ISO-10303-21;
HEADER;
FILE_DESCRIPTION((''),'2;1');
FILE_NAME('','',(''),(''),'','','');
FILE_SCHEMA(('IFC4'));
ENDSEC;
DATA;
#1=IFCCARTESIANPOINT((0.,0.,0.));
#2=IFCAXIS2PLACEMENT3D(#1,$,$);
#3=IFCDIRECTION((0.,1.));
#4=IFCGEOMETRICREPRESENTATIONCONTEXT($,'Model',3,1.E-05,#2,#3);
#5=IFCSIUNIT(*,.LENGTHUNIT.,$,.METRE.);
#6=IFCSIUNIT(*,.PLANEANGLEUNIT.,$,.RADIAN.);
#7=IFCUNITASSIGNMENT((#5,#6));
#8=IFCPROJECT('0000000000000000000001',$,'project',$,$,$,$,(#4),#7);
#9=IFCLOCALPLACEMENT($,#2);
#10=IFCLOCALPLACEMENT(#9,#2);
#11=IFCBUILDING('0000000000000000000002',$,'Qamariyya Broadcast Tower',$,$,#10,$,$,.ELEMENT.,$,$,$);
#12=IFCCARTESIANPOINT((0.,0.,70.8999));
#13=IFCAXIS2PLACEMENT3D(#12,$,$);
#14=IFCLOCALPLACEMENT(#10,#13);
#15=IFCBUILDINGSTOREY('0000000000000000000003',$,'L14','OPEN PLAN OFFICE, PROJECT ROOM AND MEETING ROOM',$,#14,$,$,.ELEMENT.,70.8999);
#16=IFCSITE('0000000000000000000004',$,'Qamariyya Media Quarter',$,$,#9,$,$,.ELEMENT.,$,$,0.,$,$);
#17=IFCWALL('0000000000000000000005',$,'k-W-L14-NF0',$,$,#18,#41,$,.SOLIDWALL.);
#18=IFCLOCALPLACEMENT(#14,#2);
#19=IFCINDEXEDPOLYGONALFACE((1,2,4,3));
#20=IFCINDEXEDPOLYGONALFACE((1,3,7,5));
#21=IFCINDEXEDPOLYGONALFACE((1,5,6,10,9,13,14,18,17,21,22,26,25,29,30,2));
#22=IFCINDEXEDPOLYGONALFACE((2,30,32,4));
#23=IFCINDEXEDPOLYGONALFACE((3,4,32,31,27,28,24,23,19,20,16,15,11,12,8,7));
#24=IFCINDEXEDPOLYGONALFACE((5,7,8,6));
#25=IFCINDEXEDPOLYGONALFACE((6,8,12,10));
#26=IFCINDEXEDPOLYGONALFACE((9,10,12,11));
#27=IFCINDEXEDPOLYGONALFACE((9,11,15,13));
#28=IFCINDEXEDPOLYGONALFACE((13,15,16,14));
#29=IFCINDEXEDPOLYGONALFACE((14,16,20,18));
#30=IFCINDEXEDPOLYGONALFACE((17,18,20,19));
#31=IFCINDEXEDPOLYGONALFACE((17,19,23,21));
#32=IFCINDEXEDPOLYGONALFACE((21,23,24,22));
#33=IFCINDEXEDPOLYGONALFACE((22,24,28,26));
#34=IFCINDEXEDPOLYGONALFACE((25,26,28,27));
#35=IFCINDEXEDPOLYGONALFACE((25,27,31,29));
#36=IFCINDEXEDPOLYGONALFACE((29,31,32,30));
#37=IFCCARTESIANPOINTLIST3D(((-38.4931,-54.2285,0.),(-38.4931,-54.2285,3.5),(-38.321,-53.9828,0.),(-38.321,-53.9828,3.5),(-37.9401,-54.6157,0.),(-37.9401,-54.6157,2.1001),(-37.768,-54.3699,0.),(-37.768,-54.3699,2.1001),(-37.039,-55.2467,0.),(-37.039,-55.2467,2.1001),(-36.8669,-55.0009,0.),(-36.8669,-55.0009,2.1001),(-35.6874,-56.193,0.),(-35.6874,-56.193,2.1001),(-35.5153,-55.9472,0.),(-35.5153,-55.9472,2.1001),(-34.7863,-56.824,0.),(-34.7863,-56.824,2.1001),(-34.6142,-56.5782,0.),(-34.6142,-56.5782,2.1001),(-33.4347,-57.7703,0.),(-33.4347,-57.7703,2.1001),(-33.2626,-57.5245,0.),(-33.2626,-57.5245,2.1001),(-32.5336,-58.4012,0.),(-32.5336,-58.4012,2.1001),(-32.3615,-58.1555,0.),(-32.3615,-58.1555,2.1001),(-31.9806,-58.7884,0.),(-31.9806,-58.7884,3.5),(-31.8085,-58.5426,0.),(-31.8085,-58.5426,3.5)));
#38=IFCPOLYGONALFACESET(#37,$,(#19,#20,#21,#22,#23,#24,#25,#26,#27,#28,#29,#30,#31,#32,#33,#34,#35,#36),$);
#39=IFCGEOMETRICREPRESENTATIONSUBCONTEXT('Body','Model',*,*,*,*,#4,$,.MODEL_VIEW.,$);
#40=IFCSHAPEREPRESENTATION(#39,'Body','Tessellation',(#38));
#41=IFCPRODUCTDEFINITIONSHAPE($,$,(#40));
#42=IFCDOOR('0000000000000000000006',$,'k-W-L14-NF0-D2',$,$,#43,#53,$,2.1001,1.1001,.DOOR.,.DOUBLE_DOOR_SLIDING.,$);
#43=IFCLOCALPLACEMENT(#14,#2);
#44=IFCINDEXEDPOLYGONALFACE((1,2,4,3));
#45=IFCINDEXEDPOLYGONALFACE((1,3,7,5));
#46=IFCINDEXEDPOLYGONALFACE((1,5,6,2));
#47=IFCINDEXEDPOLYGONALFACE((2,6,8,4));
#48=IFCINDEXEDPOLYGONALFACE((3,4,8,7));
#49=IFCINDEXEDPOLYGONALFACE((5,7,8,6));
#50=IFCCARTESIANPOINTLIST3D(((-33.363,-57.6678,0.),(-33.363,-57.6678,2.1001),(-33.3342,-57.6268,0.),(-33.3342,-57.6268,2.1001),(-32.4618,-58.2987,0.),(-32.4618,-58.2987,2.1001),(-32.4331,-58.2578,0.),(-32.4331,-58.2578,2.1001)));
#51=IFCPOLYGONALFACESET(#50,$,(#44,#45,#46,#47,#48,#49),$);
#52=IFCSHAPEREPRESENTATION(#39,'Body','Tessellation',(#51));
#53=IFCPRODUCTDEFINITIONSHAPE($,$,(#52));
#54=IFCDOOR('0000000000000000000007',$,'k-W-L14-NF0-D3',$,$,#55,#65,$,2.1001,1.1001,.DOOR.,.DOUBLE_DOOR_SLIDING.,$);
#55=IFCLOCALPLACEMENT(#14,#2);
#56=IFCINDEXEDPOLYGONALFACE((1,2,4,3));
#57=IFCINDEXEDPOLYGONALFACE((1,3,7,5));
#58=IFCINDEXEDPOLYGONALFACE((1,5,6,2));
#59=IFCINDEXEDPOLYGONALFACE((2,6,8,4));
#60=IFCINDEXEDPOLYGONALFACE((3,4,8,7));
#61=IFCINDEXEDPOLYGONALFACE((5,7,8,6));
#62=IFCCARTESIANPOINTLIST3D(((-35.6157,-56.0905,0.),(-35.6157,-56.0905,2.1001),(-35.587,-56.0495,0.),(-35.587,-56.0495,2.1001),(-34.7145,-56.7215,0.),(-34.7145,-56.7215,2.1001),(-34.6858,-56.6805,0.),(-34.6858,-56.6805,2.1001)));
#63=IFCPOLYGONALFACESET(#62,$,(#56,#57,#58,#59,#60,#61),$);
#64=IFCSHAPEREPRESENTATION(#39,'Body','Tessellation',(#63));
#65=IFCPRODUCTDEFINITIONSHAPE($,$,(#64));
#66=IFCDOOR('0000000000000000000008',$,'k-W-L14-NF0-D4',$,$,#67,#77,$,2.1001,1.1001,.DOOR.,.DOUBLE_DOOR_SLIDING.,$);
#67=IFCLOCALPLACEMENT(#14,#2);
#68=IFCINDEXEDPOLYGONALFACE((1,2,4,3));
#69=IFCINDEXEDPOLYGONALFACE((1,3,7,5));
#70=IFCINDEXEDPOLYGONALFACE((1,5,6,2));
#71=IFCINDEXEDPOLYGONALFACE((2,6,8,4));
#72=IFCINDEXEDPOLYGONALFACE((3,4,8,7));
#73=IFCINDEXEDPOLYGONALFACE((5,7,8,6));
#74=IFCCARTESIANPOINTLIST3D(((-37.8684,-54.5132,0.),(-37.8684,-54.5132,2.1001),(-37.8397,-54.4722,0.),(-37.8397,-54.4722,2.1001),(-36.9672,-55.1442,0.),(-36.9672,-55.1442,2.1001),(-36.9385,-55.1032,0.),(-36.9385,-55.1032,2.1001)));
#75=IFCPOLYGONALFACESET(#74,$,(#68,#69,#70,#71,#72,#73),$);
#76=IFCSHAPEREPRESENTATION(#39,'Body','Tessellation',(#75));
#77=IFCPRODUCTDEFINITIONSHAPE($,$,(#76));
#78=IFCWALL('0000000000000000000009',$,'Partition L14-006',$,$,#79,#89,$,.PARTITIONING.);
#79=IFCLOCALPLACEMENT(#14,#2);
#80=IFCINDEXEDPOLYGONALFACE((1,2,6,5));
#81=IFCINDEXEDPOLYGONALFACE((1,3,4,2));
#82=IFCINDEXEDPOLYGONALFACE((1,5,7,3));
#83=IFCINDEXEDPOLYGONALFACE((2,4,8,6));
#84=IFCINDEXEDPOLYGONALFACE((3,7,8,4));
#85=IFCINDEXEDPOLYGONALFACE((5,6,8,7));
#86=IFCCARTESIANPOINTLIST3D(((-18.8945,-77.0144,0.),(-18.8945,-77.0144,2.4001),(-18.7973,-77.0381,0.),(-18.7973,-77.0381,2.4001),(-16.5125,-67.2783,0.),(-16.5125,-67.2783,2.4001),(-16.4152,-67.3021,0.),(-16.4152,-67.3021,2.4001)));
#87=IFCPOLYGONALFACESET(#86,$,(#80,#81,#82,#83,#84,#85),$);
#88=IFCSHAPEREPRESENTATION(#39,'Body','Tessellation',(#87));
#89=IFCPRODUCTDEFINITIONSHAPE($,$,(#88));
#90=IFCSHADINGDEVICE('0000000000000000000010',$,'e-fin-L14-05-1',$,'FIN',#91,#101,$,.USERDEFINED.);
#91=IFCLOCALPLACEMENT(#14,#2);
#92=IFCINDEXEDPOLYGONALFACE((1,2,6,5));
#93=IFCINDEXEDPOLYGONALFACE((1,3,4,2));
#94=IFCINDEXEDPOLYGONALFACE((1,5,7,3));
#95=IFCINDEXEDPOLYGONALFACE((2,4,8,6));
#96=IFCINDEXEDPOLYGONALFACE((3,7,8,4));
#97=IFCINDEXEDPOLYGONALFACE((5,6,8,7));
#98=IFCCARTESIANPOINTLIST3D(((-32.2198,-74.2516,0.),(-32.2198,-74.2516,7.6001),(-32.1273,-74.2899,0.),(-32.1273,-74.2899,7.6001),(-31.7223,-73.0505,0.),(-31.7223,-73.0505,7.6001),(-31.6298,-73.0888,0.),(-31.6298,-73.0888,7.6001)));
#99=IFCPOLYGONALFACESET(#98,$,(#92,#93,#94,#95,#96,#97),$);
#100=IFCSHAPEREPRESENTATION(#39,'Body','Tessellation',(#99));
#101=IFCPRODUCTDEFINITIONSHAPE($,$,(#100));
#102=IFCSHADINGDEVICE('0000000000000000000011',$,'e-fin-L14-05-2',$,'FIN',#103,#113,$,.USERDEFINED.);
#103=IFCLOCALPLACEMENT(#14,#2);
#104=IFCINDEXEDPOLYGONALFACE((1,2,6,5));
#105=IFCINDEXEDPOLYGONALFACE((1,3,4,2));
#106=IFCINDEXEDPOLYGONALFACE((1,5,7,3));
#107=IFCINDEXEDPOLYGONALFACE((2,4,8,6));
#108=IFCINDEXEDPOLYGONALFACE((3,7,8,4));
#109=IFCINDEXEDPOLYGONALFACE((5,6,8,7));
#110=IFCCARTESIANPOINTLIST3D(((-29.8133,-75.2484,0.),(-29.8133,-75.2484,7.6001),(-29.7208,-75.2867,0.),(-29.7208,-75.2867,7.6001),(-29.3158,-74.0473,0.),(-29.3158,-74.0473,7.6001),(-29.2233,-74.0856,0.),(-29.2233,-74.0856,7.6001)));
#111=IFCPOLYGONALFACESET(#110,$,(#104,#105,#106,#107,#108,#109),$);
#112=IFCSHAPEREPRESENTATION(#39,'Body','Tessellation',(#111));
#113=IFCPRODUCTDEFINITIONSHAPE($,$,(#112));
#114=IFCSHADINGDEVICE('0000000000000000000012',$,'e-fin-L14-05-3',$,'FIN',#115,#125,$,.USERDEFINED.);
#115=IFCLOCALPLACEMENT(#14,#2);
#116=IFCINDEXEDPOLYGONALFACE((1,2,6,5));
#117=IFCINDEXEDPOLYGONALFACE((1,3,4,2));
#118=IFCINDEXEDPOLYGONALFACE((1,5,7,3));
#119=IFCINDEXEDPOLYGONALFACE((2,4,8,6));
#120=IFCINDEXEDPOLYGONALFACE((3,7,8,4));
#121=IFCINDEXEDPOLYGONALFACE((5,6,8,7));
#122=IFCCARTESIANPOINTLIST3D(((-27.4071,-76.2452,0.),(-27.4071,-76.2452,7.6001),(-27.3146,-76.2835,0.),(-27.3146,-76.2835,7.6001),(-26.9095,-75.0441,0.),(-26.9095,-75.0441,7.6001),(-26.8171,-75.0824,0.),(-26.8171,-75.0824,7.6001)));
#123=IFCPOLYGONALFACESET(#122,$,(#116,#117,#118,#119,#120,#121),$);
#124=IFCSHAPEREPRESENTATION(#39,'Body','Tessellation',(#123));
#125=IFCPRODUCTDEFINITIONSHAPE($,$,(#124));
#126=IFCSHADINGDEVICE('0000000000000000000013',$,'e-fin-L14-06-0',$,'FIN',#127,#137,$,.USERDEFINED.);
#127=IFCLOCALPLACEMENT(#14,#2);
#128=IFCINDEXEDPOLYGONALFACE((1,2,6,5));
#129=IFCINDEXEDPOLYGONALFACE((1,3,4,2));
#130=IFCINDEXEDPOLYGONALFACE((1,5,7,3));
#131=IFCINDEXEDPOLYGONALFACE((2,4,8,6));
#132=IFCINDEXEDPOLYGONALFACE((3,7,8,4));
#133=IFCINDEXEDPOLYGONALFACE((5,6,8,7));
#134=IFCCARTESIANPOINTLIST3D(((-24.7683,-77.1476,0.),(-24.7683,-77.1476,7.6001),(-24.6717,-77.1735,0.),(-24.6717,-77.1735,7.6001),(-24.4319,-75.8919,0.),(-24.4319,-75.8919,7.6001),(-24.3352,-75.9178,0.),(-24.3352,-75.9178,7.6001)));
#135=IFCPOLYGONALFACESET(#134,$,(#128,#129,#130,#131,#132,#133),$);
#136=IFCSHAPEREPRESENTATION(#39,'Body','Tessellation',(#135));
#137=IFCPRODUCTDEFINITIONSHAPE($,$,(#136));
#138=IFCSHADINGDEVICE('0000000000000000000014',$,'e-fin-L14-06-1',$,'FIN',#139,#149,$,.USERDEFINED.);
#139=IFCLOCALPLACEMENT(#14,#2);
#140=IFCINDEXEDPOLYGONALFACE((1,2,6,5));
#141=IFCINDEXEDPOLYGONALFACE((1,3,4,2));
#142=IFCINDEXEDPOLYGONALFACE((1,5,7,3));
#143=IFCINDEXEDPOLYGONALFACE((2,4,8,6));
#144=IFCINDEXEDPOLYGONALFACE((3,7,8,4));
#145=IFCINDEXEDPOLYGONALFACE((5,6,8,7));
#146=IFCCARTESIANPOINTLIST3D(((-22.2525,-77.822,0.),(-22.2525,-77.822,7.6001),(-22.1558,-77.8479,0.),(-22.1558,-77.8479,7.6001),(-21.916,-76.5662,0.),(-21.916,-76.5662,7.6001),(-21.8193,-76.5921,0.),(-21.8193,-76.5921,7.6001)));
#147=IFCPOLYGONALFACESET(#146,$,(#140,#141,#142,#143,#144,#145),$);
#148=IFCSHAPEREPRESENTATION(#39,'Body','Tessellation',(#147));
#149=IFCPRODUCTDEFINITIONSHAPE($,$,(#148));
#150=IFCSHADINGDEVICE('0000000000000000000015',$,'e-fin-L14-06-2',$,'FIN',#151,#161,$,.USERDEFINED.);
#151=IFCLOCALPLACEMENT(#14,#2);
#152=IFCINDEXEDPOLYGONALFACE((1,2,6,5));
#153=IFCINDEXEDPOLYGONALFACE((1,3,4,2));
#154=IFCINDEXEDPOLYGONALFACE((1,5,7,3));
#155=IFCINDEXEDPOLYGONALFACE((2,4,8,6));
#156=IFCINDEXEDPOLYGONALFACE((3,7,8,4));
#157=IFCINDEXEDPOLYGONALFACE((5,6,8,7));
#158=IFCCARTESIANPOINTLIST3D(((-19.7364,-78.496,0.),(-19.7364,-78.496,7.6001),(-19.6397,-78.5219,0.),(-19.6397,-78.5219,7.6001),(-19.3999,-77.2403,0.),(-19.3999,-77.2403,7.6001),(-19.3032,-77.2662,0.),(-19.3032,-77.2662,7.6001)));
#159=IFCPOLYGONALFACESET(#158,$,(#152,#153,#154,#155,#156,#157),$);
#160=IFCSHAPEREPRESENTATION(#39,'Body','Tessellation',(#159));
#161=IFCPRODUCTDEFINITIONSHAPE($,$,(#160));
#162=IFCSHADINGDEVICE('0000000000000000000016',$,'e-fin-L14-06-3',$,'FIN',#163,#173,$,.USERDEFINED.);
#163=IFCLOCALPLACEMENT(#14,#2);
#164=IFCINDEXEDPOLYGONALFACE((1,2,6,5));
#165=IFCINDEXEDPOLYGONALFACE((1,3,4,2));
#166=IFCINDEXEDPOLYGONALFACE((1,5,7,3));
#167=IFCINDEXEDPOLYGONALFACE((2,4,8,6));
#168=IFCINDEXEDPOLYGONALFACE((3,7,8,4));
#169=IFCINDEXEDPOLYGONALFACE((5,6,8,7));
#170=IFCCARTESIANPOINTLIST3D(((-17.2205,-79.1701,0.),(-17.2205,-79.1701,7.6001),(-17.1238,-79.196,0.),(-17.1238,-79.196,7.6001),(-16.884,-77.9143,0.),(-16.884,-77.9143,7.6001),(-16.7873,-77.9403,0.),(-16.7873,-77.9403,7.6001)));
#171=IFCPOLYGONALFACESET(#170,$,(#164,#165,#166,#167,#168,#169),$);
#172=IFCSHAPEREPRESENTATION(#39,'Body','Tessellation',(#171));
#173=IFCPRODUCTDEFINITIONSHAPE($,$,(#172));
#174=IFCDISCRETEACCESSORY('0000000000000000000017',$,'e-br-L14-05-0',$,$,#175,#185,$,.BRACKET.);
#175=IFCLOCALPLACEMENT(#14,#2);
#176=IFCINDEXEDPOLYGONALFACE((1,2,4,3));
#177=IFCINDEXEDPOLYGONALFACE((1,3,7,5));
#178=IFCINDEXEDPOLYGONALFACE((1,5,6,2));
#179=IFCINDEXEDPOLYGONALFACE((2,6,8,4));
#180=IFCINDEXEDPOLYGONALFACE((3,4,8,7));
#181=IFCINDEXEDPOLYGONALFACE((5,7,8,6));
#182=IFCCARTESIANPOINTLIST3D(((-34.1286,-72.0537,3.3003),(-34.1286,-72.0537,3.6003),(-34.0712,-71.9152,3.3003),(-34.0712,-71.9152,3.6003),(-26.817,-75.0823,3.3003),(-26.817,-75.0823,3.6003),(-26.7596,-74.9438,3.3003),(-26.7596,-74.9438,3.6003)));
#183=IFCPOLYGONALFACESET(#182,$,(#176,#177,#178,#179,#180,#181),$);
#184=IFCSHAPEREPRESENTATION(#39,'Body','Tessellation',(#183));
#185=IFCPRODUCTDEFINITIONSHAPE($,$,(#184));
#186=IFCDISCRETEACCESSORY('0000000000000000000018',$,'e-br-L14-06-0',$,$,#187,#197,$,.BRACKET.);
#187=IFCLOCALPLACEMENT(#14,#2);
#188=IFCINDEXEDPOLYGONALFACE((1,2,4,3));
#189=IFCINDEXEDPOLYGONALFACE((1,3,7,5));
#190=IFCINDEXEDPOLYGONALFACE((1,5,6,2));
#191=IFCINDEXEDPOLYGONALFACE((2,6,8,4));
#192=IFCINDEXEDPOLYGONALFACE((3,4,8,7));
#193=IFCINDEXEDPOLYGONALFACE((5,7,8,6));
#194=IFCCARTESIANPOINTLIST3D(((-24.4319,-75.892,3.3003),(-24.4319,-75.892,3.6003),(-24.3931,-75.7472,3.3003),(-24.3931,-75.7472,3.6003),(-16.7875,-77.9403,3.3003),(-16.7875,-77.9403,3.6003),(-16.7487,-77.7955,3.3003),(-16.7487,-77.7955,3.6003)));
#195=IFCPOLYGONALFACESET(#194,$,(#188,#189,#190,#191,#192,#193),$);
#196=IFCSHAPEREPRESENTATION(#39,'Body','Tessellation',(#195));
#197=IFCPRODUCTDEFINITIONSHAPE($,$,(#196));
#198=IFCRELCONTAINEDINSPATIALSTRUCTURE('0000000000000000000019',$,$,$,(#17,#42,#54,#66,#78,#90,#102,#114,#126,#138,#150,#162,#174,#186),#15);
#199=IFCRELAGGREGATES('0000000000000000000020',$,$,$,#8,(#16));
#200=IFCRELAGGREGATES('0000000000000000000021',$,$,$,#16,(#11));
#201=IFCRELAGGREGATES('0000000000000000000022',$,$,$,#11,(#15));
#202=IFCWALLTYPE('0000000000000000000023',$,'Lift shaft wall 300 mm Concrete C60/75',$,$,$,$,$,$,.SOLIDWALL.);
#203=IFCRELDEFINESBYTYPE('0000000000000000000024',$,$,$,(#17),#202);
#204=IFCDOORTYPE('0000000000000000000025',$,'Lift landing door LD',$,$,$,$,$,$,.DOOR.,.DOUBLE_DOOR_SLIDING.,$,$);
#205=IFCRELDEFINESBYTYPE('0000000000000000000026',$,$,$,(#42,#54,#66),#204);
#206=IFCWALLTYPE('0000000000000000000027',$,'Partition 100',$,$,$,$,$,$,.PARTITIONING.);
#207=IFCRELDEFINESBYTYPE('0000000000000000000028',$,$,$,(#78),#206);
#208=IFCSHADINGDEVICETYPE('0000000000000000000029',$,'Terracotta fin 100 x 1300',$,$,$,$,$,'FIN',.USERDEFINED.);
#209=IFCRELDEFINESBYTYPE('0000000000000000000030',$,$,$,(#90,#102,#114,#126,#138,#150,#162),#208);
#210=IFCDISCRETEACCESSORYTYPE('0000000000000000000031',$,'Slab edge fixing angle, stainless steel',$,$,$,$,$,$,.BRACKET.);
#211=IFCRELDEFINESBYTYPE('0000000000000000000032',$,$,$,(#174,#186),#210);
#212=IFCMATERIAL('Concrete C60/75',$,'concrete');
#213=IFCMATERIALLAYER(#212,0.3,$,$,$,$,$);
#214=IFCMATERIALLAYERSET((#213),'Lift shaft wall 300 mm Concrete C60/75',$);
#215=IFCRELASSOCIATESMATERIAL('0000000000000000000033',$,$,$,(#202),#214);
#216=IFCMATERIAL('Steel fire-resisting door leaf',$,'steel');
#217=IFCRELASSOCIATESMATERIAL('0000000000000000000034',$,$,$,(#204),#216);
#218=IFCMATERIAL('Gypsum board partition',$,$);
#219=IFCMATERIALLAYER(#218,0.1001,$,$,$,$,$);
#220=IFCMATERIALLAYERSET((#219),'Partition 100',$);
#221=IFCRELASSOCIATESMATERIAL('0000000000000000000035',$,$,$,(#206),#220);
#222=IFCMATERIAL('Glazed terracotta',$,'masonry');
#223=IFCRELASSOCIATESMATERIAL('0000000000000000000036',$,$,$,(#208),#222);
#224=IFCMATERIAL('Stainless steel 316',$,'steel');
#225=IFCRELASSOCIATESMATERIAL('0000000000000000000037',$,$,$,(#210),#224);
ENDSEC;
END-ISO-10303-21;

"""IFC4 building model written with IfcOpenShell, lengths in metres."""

from ifc_helpers import new_model, si_unit, direction, frame, frame_2d, origin, origin_2d, place, context, subcontext, project, spatial, rectangle, extrude, material, layer, layer_set, material_profile, profile_set, type_object, element, fill, save


model = new_model("IFC4")

# Units and contexts
model_context = context("Model", 3, precision=1e-05, world=origin(), true_north=direction((0.0, 1.0)))
body_context = subcontext(model_context, "Body", "Model", "MODEL_VIEW")
ifc_project = project(units=[si_unit("LENGTHUNIT", "METRE"), si_unit("PLANEANGLEUNIT", "RADIAN")], contexts=[model_context])

# Site, building, storey
site_placement = place(None, origin())
site = spatial("IfcSite", under=ifc_project, at=site_placement, Name="Qamariyya Media Quarter", CompositionType="ELEMENT", RefElevation=0.0)
building_placement = place(site_placement, origin())
building = spatial("IfcBuilding", under=site, at=building_placement, Name="Qamariyya Broadcast Tower", CompositionType="ELEMENT")
storey_placement = place(building_placement, frame((0.0, 0.0, 70.8999)))
storey = spatial("IfcBuildingStorey", under=building, at=storey_placement, Name="L14", Description="OPEN PLAN OFFICE, PROJECT ROOM AND MEETING ROOM", CompositionType="ELEMENT", Elevation=70.8999)

# Shared definitions
ifc_material_1 = material(Name="Gypsum board partition")

# Wall, openings, doors
ifc_material_2 = material(Name="Concrete C60/75", Category="concrete")
ifc_layer_1 = layer(ifc_material_2, 0.3)
ifc_layer_set_1 = layer_set([ifc_layer_1], Name="Lift shaft wall 300 mm Concrete C60/75")
wall_type_1 = type_object("IfcWallType", Name="Lift shaft wall 300 mm Concrete C60/75", PredefinedType="SOLIDWALL", material=ifc_layer_set_1)
wall_1_placement = place(storey_placement, frame((-31.8945, -58.6655, 0.0), z_axis=(0.0, 0.0, 1.0), x_axis=(-0.819167, 0.573555, 0.0)))
wall_1 = element("IfcWall", 1, at=wall_1_placement, inside=storey, type_object=wall_type_1, Name="k-W-L14-NF0", PredefinedType="SOLIDWALL", context=body_context, shape_type="SweptSolid", body=[
    extrude(rectangle(XDim=7.9502, YDim=0.3, at=frame_2d((3.9751, 0.0))), origin(), (0.0, 0.0, 1.0), 3.5),
])
opening_1_placement = place(wall_1_placement, frame((0.675, 0.0, 0.0)))
opening_1 = element("IfcOpeningElement", 2, at=opening_1_placement, cuts=wall_1, PredefinedType="OPENING", context=body_context, shape_type="SweptSolid", body=[
    extrude(rectangle(XDim=1.1001, YDim=2.1001, at=frame_2d((0.55, 1.05))), frame((0.0, 0.1599, 0.0), z_axis=(0.0, -1.0, 0.0), x_axis=(1.0, 0.0, 0.0)), (0.0, 0.0, 1.0), 0.3201),
])
opening_2_placement = place(wall_1_placement, frame((3.425, 0.0, 0.0)))
opening_2 = element("IfcOpeningElement", 3, at=opening_2_placement, cuts=wall_1, PredefinedType="OPENING", context=body_context, shape_type="SweptSolid", body=[
    extrude(rectangle(XDim=1.1001, YDim=2.1001, at=frame_2d((0.55, 1.05))), frame((0.0, 0.1599, 0.0), z_axis=(0.0, -1.0, 0.0), x_axis=(1.0, 0.0, 0.0)), (0.0, 0.0, 1.0), 0.3201),
])
opening_3_placement = place(wall_1_placement, frame((6.175, 0.0, 0.0)))
opening_3 = element("IfcOpeningElement", 4, at=opening_3_placement, cuts=wall_1, PredefinedType="OPENING", context=body_context, shape_type="SweptSolid", body=[
    extrude(rectangle(XDim=1.1001, YDim=2.1001, at=frame_2d((0.55, 1.05))), frame((0.0, 0.1599, 0.0), z_axis=(0.0, -1.0, 0.0), x_axis=(1.0, 0.0, 0.0)), (0.0, 0.0, 1.0), 0.3201),
])
ifc_material_3 = material(Name="Steel fire-resisting door leaf", Category="steel")
door_type_1 = type_object("IfcDoorType", Name="Lift landing door LD", OperationType="DOUBLE_DOOR_SLIDING", PredefinedType="DOOR", material=ifc_material_3)
door_1_placement = place(opening_1_placement, origin())
door_1 = element("IfcDoor", 5, at=door_1_placement, inside=storey, type_object=door_type_1, Name="k-W-L14-NF0-D2", OperationType="DOUBLE_DOOR_SLIDING", OverallHeight=2.1001, OverallWidth=1.1001, PredefinedType="DOOR", context=body_context, shape_type="SweptSolid", body=[
    extrude(rectangle(XDim=1.1001, YDim=2.1001, at=frame_2d((0.55, 1.05))), frame((0.0, 0.0249, 0.0), z_axis=(0.0, -1.0, 0.0), x_axis=(1.0, 0.0, 0.0)), (0.0, 0.0, 1.0), 0.05),
])
fill(opening_1, door_1)
door_2_placement = place(opening_2_placement, origin())
door_2 = element("IfcDoor", 6, at=door_2_placement, inside=storey, type_object=door_type_1, Name="k-W-L14-NF0-D3", OperationType="DOUBLE_DOOR_SLIDING", OverallHeight=2.1001, OverallWidth=1.1001, PredefinedType="DOOR", context=body_context, shape_type="SweptSolid", body=[
    extrude(rectangle(XDim=1.1001, YDim=2.1001, at=frame_2d((0.55, 1.05))), frame((0.0, 0.0249, 0.0), z_axis=(0.0, -1.0, 0.0), x_axis=(1.0, 0.0, 0.0)), (0.0, 0.0, 1.0), 0.05),
])
fill(opening_2, door_2)
door_3_placement = place(opening_3_placement, origin())
door_3 = element("IfcDoor", 7, at=door_3_placement, inside=storey, type_object=door_type_1, Name="k-W-L14-NF0-D4", OperationType="DOUBLE_DOOR_SLIDING", OverallHeight=2.1001, OverallWidth=1.1001, PredefinedType="DOOR", context=body_context, shape_type="SweptSolid", body=[
    extrude(rectangle(XDim=1.1001, YDim=2.1001, at=frame_2d((0.55, 1.05))), frame((0.0, 0.0249, 0.0), z_axis=(0.0, -1.0, 0.0), x_axis=(1.0, 0.0, 0.0)), (0.0, 0.0, 1.0), 0.05),
])
fill(opening_3, door_3)

# Wall
ifc_layer_2 = layer(ifc_material_1, 0.1001)
ifc_layer_set_2 = layer_set([ifc_layer_2], Name="Partition 100")
wall_type_2 = type_object("IfcWallType", Name="Partition 100", PredefinedType="PARTITIONING", material=ifc_layer_set_2)
wall_2_placement = place(storey_placement, frame((-18.8459, -77.0264, 0.0), z_axis=(0.0, 0.0, 1.0), x_axis=(0.237655, 0.97135, 0.0)))
element("IfcWall", 8, at=wall_2_placement, inside=storey, type_object=wall_type_2, Name="Partition L14-006", PredefinedType="PARTITIONING", context=body_context, shape_type="SweptSolid", body=[
    extrude(rectangle(XDim=10.0232, YDim=0.1001, at=frame_2d((5.0117, 0.0))), origin(), (0.0, 0.0, 1.0), 2.4001),
])

# Shading devices
ifc_material_4 = material(Name="Glazed terracotta", Category="masonry")
ifc_material_profile_1 = material_profile(ifc_material_4, rectangle(XDim=1.3, YDim=0.1001, at=origin_2d()))
ifc_profile_set_1 = profile_set([ifc_material_profile_1], Name="Glazed terracotta")
shading_device_type_1 = type_object("IfcShadingDeviceType", Name="Terracotta fin 100 x 1300", ElementType="FIN", PredefinedType="USERDEFINED", material=ifc_profile_set_1)
for number, where, z_axis, x_axis, name in (
    (9, (-31.9248, -73.6702, 0.0), (0.0, 0.0, 1.0), (-0.382683, -0.92388, 0.0), "e-fin-L14-05-1"),
    (10, (-29.5183, -74.667, 0.0), (0.0, 0.0, 1.0), (-0.382683, -0.92388, 0.0), "e-fin-L14-05-2"),
    (11, (-27.1121, -75.6638, 0.0), (0.0, 0.0, 1.0), (-0.382683, -0.92388, 0.0), "e-fin-L14-05-3"),
    (12, (-24.5518, -76.5327, 0.0), (0.0, 0.0, 1.0), (-0.258819, -0.965926, 0.0), "e-fin-L14-06-0"),
    (13, (-22.0359, -77.207, 0.0), (0.0, 0.0, 1.0), (-0.258819, -0.965926, 0.0), "e-fin-L14-06-1"),
    (14, (-19.5198, -77.8811, 0.0), (0.0, 0.0, 1.0), (-0.258819, -0.965926, 0.0), "e-fin-L14-06-2"),
    (15, (-17.0039, -78.5552, 0.0), (0.0, 0.0, 1.0), (-0.258819, -0.965926, 0.0), "e-fin-L14-06-3"),
):
    element("IfcShadingDevice", number, at=place(storey_placement, frame(where, z_axis=z_axis, x_axis=x_axis)), inside=storey, type_object=shading_device_type_1, Name=name, ObjectType="FIN", PredefinedType="USERDEFINED", context=body_context, shape_type="SweptSolid", body=[
        extrude(rectangle(XDim=1.3, YDim=0.1001, at=origin_2d()), origin(), (0.0, 0.0, 1.0), 7.6001),
    ])

# Discrete accessories
ifc_material_5 = material(Name="Stainless steel 316", Category="steel")
discrete_accessory_type = type_object("IfcDiscreteAccessoryType", Name="Slab edge fixing angle, stainless steel", PredefinedType="BRACKET", material=ifc_material_5)
for number, where, z_axis, x_axis, name in (
    (16, (-30.4441, -73.4988, 3.3003), (0.0, 0.0, 1.0), (0.92388, -0.382683, 0.0), "e-br-L14-05-0"),
    (17, (-20.5903, -76.8438, 3.3003), (0.0, 0.0, 1.0), (0.965926, -0.258819, 0.0), "e-br-L14-06-0"),
):
    element("IfcDiscreteAccessory", number, at=place(storey_placement, frame(where, z_axis=z_axis, x_axis=x_axis)), inside=storey, type_object=discrete_accessory_type, Name=name, PredefinedType="BRACKET", context=body_context, shape_type="SweptSolid", body=[
        extrude(rectangle(XDim=7.9141, YDim=0.1499, at=origin_2d()), origin(), (0.0, 0.0, 1.0), 0.3),
    ])

save(model, "model.ifc")
